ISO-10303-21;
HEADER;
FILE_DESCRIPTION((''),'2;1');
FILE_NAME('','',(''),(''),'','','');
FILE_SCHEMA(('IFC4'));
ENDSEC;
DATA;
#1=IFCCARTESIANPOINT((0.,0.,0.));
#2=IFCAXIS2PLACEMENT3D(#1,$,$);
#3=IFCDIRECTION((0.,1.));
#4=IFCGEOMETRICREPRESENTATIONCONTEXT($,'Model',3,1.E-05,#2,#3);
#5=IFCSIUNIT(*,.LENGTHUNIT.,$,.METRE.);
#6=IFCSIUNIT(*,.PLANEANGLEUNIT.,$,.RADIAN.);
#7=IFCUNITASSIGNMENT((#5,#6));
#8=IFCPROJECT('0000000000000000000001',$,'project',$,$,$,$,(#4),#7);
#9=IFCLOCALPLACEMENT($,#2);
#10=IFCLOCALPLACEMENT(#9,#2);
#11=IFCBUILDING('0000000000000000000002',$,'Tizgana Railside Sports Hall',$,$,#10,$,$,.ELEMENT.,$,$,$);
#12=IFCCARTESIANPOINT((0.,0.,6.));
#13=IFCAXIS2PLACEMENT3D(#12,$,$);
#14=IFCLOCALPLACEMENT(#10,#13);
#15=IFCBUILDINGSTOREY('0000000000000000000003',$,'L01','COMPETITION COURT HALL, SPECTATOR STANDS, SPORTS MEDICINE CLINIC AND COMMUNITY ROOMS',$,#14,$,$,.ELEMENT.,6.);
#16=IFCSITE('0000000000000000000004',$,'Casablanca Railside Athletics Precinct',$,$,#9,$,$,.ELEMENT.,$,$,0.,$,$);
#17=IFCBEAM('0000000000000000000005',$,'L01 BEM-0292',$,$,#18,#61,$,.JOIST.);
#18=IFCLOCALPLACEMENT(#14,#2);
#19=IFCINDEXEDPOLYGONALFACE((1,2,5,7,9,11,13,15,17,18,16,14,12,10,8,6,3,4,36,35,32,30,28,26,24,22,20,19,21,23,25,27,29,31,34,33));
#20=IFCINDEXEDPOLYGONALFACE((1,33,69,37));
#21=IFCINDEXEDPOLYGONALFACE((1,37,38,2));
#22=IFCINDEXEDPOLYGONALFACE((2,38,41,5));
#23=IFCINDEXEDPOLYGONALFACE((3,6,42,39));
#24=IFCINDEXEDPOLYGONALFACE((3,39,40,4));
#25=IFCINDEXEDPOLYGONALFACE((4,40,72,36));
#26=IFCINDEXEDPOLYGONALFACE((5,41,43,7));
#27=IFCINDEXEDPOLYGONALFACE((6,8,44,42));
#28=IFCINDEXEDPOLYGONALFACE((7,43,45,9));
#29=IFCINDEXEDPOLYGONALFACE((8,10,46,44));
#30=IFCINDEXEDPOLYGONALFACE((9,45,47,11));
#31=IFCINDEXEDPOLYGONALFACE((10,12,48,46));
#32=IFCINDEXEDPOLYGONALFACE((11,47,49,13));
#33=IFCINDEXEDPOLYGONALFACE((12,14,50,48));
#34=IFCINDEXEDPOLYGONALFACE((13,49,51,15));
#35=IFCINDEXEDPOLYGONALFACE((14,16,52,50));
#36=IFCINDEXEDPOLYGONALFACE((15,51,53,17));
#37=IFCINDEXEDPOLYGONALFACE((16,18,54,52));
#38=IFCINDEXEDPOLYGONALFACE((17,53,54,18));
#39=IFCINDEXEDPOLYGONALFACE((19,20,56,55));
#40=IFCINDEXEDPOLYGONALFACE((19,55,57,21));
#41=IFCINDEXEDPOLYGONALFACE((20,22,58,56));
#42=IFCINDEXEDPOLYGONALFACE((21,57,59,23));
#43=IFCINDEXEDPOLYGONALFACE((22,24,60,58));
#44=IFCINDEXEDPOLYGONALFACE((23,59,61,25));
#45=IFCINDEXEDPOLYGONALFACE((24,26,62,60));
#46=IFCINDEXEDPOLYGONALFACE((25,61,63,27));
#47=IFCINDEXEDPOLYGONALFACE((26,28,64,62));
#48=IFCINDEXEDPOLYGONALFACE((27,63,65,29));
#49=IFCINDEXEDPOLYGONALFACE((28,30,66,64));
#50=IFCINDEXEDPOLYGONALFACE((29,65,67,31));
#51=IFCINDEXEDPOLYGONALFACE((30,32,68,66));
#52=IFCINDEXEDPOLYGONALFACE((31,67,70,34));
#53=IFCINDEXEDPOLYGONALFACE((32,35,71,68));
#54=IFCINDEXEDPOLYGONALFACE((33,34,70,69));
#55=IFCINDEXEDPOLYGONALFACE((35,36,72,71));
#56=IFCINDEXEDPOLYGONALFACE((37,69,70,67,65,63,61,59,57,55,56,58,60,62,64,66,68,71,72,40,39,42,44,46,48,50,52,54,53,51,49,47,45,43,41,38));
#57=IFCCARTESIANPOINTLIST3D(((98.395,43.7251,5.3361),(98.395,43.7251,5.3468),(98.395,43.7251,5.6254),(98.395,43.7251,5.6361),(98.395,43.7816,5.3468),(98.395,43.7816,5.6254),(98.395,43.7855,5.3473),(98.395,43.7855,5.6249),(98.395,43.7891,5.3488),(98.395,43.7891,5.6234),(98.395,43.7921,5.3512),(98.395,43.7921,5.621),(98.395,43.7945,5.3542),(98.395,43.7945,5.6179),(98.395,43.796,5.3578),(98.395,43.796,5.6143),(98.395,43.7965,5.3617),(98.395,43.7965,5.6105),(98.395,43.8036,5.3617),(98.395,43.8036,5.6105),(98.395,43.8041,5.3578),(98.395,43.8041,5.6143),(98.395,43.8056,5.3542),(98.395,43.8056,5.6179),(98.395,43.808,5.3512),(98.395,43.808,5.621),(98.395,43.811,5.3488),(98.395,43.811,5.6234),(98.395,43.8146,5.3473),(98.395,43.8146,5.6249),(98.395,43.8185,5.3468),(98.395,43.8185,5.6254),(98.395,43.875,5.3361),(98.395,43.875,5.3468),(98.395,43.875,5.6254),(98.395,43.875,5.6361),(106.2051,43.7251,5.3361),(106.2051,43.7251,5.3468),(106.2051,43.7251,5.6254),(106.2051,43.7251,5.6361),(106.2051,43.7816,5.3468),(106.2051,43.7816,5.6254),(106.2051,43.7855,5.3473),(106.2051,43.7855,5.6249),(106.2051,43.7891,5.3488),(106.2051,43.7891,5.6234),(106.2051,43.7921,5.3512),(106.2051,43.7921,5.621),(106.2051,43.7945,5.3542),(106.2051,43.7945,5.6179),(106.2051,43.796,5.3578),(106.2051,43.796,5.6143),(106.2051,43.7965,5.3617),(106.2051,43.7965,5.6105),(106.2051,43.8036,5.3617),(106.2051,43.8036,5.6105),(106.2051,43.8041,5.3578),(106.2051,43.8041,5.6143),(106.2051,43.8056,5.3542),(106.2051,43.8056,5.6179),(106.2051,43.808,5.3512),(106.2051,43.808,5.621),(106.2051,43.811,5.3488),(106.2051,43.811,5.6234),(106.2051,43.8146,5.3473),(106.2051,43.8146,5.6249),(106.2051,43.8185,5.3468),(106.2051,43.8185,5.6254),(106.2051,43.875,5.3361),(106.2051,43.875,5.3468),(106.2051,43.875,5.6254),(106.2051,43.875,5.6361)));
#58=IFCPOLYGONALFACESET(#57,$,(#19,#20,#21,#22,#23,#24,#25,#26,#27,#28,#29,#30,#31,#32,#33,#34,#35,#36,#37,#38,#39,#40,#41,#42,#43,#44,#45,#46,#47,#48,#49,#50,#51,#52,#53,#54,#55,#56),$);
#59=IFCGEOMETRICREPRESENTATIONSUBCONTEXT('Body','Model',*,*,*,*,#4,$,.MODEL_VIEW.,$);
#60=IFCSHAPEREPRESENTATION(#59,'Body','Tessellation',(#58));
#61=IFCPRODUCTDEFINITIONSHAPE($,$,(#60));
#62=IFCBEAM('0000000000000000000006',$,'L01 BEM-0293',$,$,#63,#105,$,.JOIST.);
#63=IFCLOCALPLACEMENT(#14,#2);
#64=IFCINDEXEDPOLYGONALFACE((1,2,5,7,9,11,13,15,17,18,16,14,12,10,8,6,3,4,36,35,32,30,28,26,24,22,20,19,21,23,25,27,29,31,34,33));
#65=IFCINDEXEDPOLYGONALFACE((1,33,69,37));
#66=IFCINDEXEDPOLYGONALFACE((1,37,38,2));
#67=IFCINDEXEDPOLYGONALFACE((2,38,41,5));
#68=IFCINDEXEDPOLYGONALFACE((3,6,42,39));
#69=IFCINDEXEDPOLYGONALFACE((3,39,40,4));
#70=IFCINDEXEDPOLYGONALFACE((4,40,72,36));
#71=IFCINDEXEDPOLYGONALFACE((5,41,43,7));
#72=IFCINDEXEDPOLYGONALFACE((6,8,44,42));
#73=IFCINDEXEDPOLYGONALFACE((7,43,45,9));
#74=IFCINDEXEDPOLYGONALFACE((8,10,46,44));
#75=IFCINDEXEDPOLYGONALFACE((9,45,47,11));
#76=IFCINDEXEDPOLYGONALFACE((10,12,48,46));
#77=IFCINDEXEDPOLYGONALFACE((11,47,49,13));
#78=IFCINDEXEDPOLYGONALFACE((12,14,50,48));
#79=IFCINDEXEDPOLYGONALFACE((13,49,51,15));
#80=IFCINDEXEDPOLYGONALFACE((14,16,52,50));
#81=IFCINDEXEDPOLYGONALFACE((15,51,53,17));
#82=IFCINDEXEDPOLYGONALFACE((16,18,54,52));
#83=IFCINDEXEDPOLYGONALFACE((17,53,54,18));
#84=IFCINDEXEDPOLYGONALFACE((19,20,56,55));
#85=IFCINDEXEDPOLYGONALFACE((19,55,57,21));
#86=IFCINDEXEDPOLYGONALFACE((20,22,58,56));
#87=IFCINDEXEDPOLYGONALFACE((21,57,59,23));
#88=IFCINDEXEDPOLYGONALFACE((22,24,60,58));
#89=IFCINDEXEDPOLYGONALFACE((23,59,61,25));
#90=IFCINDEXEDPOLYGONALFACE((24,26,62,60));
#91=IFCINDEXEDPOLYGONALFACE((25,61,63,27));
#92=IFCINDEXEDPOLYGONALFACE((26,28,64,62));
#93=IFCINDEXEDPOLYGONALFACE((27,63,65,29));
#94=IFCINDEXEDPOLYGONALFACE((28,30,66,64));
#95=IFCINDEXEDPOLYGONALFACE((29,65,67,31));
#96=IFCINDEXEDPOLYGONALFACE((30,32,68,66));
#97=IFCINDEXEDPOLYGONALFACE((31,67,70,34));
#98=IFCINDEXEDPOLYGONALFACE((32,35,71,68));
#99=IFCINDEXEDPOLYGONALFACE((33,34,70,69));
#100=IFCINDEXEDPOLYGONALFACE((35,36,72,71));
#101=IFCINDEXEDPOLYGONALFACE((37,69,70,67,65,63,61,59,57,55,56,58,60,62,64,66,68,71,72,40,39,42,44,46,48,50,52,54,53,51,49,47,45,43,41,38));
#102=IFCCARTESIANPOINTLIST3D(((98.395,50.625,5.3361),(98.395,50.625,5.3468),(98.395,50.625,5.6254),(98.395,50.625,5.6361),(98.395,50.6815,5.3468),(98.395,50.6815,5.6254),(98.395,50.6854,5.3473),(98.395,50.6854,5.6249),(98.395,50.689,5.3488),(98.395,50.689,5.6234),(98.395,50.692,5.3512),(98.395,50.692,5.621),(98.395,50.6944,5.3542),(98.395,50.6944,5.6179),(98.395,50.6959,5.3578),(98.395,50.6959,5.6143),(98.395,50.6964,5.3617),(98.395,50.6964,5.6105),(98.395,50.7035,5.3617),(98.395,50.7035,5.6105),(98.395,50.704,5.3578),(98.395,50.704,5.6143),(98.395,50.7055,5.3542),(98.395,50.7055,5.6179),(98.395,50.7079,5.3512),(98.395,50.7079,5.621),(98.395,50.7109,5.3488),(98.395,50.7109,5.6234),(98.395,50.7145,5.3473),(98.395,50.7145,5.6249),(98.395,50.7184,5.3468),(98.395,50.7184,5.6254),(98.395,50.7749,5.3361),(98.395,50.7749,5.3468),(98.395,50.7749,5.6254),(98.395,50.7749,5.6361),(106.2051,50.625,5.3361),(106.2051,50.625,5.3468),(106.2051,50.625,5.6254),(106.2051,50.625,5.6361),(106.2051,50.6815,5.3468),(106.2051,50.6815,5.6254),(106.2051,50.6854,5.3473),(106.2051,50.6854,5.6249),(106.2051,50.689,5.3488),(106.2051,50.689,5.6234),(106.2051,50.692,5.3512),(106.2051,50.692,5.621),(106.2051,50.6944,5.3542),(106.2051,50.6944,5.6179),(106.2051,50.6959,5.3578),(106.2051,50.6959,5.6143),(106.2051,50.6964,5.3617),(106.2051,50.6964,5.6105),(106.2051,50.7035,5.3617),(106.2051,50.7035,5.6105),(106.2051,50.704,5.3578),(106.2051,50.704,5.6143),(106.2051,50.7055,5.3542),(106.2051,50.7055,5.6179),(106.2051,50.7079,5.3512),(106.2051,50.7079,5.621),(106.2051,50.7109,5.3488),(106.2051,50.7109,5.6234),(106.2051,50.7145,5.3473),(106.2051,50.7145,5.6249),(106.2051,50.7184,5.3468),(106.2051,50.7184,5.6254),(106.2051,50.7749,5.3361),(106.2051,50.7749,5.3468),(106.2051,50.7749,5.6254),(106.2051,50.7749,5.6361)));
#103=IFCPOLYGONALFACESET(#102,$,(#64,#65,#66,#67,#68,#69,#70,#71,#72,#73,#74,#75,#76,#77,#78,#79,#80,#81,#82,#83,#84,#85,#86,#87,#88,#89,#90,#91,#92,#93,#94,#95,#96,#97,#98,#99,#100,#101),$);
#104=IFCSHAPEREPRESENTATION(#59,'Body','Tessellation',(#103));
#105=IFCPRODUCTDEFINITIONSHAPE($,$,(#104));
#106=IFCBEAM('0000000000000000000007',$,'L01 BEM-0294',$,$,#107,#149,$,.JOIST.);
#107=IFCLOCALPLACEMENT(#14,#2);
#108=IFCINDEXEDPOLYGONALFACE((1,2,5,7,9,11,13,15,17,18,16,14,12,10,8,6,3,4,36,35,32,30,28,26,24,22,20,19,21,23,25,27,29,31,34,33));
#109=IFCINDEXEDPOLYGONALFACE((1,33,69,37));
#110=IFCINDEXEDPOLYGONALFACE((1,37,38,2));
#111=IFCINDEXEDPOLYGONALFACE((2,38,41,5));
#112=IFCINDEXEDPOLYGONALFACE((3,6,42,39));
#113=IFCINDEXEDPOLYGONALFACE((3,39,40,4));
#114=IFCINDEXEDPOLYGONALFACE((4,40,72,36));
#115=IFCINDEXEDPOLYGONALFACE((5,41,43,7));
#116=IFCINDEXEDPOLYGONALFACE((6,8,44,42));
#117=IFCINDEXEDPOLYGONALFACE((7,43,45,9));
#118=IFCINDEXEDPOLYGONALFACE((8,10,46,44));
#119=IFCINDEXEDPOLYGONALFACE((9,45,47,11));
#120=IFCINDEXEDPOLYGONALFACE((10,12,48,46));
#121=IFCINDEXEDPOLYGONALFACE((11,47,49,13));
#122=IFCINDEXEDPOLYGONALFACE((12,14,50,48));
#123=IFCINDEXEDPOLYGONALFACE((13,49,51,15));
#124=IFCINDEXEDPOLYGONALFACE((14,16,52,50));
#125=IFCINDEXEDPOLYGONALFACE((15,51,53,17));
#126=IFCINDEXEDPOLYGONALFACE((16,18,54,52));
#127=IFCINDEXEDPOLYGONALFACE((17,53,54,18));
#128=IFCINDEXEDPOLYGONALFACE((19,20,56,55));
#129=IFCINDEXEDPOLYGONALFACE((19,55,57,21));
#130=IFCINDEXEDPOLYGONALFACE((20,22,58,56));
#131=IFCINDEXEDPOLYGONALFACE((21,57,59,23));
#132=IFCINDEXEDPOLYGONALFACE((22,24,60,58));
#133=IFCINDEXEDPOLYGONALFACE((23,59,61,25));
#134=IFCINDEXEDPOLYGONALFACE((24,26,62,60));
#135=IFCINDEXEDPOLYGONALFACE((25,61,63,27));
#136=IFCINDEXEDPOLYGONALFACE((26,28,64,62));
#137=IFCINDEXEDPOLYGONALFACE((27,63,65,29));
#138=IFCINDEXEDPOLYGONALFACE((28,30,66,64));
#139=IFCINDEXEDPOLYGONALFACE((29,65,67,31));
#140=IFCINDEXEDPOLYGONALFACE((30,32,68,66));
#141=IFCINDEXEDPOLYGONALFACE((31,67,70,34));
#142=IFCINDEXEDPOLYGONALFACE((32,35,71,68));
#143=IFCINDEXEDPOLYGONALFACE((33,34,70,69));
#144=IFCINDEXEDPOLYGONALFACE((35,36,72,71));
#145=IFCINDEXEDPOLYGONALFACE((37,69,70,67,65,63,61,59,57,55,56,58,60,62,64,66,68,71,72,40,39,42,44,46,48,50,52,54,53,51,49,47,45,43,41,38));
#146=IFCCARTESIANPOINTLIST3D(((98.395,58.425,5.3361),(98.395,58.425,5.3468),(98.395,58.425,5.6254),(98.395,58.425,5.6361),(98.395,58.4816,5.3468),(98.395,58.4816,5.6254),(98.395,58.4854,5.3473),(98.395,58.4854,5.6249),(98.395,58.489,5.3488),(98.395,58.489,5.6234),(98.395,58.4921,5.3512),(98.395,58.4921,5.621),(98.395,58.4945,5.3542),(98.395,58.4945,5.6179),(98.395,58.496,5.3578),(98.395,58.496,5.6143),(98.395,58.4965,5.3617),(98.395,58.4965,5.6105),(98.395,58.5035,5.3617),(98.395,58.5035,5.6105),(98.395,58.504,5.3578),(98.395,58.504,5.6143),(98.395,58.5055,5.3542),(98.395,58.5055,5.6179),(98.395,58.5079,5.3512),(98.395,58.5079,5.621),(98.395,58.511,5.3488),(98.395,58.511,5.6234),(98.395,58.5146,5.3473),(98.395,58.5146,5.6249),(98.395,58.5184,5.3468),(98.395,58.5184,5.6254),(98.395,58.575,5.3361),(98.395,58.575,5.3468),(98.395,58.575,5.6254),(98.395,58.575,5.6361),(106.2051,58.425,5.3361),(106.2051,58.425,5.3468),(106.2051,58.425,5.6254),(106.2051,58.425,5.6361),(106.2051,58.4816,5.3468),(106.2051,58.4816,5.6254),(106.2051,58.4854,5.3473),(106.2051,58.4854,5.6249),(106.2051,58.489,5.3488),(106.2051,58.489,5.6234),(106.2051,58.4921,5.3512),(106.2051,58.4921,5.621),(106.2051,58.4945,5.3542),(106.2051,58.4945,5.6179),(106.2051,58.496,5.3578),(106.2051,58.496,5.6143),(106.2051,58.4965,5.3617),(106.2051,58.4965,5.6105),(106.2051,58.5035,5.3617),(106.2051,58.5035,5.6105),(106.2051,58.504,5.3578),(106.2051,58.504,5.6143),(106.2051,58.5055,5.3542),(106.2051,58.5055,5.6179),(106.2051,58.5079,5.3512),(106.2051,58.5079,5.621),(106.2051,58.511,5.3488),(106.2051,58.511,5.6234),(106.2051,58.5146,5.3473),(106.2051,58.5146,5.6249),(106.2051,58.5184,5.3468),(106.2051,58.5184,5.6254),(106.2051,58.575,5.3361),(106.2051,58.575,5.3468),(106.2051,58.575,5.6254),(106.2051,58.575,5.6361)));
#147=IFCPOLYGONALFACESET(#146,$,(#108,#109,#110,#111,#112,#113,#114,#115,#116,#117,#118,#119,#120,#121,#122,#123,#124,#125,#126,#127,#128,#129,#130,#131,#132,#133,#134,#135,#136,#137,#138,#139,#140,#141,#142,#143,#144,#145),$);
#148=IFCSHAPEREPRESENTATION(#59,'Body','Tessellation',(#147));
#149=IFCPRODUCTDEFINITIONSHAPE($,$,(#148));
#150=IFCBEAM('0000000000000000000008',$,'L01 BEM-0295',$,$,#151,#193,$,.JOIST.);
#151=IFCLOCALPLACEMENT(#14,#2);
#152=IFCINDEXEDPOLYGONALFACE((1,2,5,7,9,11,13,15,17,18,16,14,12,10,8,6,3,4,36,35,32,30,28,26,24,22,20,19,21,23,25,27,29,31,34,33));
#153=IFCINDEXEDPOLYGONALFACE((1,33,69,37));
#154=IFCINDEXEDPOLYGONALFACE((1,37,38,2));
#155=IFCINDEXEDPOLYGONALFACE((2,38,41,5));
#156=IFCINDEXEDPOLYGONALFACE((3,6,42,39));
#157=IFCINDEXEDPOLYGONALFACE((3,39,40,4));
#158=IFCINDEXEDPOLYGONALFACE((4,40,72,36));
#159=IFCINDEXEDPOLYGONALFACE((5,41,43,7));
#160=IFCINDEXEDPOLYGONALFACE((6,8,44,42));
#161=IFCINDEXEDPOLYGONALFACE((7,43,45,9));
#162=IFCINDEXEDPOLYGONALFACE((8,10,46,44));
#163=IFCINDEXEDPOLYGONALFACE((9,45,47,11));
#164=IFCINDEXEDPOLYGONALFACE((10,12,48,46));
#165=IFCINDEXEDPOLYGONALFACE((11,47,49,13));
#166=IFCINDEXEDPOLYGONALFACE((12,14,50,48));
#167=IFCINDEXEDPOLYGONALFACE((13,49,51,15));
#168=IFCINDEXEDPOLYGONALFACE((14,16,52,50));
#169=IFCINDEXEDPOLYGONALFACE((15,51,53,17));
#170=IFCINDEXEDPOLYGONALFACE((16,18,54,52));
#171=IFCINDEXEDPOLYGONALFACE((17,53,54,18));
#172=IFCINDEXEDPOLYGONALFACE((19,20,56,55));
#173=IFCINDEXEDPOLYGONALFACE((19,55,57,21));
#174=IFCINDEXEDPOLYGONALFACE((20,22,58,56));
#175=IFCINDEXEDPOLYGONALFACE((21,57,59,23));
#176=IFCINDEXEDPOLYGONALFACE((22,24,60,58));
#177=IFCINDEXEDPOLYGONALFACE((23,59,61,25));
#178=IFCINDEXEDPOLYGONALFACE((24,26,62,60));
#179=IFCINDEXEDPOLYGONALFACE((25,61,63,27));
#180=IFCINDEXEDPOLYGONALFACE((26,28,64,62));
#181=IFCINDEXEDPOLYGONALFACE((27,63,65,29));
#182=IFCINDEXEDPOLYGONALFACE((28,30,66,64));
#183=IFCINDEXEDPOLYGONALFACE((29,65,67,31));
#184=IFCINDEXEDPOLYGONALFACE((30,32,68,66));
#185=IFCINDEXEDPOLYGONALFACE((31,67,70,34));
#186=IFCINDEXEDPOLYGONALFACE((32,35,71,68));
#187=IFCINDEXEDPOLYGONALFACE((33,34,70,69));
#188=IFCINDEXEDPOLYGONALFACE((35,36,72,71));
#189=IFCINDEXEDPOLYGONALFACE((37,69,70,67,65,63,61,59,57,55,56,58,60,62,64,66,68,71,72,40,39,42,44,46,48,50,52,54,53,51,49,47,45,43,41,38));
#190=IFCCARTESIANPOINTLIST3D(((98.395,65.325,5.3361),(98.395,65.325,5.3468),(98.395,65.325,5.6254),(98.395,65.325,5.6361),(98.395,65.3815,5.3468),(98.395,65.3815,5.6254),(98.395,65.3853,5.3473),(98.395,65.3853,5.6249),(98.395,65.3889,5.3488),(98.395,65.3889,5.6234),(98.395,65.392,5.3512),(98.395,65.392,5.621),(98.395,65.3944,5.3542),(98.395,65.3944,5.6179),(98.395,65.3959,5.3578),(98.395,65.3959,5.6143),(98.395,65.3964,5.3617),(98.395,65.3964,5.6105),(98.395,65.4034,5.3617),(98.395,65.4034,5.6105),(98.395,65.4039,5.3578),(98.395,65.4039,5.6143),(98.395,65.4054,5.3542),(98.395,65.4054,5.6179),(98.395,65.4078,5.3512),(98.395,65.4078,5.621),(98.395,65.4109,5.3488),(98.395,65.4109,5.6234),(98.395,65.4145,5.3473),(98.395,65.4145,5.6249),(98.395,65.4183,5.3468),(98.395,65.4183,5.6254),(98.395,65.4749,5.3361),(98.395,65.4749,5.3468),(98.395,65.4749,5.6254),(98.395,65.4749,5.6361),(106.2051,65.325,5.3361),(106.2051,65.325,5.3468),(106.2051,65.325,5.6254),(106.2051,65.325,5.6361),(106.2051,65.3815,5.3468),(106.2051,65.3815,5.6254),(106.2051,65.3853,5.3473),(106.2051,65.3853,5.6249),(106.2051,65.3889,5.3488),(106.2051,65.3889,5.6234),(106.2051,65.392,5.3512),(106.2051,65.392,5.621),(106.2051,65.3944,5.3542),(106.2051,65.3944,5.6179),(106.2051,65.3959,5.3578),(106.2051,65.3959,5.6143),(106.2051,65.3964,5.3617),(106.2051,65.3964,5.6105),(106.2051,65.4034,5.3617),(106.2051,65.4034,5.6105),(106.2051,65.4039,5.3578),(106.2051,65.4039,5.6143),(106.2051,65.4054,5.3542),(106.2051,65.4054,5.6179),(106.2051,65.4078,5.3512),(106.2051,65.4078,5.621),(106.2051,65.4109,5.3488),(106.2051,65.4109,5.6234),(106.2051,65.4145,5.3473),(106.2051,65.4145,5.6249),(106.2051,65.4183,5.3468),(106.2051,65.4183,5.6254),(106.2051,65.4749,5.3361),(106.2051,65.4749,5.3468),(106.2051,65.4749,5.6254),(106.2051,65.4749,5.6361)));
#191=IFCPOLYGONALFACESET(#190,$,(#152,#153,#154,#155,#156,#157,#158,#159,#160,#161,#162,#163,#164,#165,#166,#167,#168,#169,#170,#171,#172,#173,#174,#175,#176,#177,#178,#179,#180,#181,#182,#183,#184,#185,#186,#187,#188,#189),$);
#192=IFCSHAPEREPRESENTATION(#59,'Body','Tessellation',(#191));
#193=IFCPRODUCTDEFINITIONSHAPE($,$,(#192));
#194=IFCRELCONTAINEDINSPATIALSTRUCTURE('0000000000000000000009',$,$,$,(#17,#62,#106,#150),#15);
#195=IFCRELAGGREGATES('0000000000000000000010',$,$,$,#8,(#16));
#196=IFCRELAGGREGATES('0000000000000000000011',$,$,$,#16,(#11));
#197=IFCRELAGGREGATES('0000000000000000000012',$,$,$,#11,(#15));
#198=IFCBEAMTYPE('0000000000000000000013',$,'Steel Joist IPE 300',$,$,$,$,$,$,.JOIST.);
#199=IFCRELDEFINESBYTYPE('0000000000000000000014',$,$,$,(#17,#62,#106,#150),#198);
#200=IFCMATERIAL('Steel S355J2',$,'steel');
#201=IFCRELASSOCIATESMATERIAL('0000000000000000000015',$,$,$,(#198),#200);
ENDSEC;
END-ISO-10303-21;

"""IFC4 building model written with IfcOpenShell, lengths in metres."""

from ifc_helpers import new_model, si_unit, direction, frame, origin, origin_2d, place, context, subcontext, project, spatial, i_section, extrude, material, material_profile, profile_set, type_object, element, save


model = new_model("IFC4")

# Units and contexts
model_context = context("Model", 3, precision=1e-05, world=origin(), true_north=direction((0.0, 1.0)))
body_context = subcontext(model_context, "Body", "Model", "MODEL_VIEW")
ifc_project = project(units=[si_unit("LENGTHUNIT", "METRE"), si_unit("PLANEANGLEUNIT", "RADIAN")], contexts=[model_context])

# Site, building, storey
site_placement = place(None, origin())
site = spatial("IfcSite", under=ifc_project, at=site_placement, Name="Casablanca Railside Athletics Precinct", CompositionType="ELEMENT", RefElevation=0.0)
building_placement = place(site_placement, origin())
building = spatial("IfcBuilding", under=site, at=building_placement, Name="Tizgana Railside Sports Hall", CompositionType="ELEMENT")
storey_placement = place(building_placement, frame((0.0, 0.0, 6.0)))
storey = spatial("IfcBuildingStorey", under=building, at=storey_placement, Name="L01", Description="COMPETITION COURT HALL, SPECTATOR STANDS, SPORTS MEDICINE CLINIC AND COMMUNITY ROOMS", CompositionType="ELEMENT", Elevation=6.0)

# Beams
ifc_material = material(Name="Steel S355J2", Category="steel")
ifc_material_profile_1 = material_profile(ifc_material, i_section(OverallWidth=0.1499, OverallDepth=0.3, WebThickness=0.0071, FlangeThickness=0.0107, FilletRadius=0.0149, at=origin_2d()), Name="IPE 300")
ifc_profile_set_1 = profile_set([ifc_material_profile_1], Name="Steel S355J2")
beam_type_1 = type_object("IfcBeamType", Name="Steel Joist IPE 300", PredefinedType="JOIST", material=ifc_profile_set_1)
for number, where, z_axis, x_axis, name in (
    (1, (98.395, 43.8, 5.4861), (1.0, 0.0, 0.0), (0.0, 1.0, 0.0), "L01 BEM-0292"),
    (2, (98.395, 50.7, 5.4861), (1.0, 0.0, 0.0), (0.0, 1.0, 0.0), "L01 BEM-0293"),
    (3, (98.395, 58.5, 5.4861), (1.0, 0.0, 0.0), (0.0, 1.0, 0.0), "L01 BEM-0294"),
    (4, (98.395, 65.3999, 5.4861), (1.0, 0.0, 0.0), (0.0, 1.0, 0.0), "L01 BEM-0295"),
):
    element("IfcBeam", number, at=place(storey_placement, frame(where, z_axis=z_axis, x_axis=x_axis)), inside=storey, type_object=beam_type_1, Name=name, PredefinedType="JOIST", context=body_context, shape_type="SweptSolid", body=[
        extrude(i_section(OverallWidth=0.1499, OverallDepth=0.3, WebThickness=0.0071, FlangeThickness=0.0107, FilletRadius=0.0149, at=origin_2d()), origin(), (0.0, 0.0, 1.0), 7.8101),
    ])

save(model, "model.ifc")
